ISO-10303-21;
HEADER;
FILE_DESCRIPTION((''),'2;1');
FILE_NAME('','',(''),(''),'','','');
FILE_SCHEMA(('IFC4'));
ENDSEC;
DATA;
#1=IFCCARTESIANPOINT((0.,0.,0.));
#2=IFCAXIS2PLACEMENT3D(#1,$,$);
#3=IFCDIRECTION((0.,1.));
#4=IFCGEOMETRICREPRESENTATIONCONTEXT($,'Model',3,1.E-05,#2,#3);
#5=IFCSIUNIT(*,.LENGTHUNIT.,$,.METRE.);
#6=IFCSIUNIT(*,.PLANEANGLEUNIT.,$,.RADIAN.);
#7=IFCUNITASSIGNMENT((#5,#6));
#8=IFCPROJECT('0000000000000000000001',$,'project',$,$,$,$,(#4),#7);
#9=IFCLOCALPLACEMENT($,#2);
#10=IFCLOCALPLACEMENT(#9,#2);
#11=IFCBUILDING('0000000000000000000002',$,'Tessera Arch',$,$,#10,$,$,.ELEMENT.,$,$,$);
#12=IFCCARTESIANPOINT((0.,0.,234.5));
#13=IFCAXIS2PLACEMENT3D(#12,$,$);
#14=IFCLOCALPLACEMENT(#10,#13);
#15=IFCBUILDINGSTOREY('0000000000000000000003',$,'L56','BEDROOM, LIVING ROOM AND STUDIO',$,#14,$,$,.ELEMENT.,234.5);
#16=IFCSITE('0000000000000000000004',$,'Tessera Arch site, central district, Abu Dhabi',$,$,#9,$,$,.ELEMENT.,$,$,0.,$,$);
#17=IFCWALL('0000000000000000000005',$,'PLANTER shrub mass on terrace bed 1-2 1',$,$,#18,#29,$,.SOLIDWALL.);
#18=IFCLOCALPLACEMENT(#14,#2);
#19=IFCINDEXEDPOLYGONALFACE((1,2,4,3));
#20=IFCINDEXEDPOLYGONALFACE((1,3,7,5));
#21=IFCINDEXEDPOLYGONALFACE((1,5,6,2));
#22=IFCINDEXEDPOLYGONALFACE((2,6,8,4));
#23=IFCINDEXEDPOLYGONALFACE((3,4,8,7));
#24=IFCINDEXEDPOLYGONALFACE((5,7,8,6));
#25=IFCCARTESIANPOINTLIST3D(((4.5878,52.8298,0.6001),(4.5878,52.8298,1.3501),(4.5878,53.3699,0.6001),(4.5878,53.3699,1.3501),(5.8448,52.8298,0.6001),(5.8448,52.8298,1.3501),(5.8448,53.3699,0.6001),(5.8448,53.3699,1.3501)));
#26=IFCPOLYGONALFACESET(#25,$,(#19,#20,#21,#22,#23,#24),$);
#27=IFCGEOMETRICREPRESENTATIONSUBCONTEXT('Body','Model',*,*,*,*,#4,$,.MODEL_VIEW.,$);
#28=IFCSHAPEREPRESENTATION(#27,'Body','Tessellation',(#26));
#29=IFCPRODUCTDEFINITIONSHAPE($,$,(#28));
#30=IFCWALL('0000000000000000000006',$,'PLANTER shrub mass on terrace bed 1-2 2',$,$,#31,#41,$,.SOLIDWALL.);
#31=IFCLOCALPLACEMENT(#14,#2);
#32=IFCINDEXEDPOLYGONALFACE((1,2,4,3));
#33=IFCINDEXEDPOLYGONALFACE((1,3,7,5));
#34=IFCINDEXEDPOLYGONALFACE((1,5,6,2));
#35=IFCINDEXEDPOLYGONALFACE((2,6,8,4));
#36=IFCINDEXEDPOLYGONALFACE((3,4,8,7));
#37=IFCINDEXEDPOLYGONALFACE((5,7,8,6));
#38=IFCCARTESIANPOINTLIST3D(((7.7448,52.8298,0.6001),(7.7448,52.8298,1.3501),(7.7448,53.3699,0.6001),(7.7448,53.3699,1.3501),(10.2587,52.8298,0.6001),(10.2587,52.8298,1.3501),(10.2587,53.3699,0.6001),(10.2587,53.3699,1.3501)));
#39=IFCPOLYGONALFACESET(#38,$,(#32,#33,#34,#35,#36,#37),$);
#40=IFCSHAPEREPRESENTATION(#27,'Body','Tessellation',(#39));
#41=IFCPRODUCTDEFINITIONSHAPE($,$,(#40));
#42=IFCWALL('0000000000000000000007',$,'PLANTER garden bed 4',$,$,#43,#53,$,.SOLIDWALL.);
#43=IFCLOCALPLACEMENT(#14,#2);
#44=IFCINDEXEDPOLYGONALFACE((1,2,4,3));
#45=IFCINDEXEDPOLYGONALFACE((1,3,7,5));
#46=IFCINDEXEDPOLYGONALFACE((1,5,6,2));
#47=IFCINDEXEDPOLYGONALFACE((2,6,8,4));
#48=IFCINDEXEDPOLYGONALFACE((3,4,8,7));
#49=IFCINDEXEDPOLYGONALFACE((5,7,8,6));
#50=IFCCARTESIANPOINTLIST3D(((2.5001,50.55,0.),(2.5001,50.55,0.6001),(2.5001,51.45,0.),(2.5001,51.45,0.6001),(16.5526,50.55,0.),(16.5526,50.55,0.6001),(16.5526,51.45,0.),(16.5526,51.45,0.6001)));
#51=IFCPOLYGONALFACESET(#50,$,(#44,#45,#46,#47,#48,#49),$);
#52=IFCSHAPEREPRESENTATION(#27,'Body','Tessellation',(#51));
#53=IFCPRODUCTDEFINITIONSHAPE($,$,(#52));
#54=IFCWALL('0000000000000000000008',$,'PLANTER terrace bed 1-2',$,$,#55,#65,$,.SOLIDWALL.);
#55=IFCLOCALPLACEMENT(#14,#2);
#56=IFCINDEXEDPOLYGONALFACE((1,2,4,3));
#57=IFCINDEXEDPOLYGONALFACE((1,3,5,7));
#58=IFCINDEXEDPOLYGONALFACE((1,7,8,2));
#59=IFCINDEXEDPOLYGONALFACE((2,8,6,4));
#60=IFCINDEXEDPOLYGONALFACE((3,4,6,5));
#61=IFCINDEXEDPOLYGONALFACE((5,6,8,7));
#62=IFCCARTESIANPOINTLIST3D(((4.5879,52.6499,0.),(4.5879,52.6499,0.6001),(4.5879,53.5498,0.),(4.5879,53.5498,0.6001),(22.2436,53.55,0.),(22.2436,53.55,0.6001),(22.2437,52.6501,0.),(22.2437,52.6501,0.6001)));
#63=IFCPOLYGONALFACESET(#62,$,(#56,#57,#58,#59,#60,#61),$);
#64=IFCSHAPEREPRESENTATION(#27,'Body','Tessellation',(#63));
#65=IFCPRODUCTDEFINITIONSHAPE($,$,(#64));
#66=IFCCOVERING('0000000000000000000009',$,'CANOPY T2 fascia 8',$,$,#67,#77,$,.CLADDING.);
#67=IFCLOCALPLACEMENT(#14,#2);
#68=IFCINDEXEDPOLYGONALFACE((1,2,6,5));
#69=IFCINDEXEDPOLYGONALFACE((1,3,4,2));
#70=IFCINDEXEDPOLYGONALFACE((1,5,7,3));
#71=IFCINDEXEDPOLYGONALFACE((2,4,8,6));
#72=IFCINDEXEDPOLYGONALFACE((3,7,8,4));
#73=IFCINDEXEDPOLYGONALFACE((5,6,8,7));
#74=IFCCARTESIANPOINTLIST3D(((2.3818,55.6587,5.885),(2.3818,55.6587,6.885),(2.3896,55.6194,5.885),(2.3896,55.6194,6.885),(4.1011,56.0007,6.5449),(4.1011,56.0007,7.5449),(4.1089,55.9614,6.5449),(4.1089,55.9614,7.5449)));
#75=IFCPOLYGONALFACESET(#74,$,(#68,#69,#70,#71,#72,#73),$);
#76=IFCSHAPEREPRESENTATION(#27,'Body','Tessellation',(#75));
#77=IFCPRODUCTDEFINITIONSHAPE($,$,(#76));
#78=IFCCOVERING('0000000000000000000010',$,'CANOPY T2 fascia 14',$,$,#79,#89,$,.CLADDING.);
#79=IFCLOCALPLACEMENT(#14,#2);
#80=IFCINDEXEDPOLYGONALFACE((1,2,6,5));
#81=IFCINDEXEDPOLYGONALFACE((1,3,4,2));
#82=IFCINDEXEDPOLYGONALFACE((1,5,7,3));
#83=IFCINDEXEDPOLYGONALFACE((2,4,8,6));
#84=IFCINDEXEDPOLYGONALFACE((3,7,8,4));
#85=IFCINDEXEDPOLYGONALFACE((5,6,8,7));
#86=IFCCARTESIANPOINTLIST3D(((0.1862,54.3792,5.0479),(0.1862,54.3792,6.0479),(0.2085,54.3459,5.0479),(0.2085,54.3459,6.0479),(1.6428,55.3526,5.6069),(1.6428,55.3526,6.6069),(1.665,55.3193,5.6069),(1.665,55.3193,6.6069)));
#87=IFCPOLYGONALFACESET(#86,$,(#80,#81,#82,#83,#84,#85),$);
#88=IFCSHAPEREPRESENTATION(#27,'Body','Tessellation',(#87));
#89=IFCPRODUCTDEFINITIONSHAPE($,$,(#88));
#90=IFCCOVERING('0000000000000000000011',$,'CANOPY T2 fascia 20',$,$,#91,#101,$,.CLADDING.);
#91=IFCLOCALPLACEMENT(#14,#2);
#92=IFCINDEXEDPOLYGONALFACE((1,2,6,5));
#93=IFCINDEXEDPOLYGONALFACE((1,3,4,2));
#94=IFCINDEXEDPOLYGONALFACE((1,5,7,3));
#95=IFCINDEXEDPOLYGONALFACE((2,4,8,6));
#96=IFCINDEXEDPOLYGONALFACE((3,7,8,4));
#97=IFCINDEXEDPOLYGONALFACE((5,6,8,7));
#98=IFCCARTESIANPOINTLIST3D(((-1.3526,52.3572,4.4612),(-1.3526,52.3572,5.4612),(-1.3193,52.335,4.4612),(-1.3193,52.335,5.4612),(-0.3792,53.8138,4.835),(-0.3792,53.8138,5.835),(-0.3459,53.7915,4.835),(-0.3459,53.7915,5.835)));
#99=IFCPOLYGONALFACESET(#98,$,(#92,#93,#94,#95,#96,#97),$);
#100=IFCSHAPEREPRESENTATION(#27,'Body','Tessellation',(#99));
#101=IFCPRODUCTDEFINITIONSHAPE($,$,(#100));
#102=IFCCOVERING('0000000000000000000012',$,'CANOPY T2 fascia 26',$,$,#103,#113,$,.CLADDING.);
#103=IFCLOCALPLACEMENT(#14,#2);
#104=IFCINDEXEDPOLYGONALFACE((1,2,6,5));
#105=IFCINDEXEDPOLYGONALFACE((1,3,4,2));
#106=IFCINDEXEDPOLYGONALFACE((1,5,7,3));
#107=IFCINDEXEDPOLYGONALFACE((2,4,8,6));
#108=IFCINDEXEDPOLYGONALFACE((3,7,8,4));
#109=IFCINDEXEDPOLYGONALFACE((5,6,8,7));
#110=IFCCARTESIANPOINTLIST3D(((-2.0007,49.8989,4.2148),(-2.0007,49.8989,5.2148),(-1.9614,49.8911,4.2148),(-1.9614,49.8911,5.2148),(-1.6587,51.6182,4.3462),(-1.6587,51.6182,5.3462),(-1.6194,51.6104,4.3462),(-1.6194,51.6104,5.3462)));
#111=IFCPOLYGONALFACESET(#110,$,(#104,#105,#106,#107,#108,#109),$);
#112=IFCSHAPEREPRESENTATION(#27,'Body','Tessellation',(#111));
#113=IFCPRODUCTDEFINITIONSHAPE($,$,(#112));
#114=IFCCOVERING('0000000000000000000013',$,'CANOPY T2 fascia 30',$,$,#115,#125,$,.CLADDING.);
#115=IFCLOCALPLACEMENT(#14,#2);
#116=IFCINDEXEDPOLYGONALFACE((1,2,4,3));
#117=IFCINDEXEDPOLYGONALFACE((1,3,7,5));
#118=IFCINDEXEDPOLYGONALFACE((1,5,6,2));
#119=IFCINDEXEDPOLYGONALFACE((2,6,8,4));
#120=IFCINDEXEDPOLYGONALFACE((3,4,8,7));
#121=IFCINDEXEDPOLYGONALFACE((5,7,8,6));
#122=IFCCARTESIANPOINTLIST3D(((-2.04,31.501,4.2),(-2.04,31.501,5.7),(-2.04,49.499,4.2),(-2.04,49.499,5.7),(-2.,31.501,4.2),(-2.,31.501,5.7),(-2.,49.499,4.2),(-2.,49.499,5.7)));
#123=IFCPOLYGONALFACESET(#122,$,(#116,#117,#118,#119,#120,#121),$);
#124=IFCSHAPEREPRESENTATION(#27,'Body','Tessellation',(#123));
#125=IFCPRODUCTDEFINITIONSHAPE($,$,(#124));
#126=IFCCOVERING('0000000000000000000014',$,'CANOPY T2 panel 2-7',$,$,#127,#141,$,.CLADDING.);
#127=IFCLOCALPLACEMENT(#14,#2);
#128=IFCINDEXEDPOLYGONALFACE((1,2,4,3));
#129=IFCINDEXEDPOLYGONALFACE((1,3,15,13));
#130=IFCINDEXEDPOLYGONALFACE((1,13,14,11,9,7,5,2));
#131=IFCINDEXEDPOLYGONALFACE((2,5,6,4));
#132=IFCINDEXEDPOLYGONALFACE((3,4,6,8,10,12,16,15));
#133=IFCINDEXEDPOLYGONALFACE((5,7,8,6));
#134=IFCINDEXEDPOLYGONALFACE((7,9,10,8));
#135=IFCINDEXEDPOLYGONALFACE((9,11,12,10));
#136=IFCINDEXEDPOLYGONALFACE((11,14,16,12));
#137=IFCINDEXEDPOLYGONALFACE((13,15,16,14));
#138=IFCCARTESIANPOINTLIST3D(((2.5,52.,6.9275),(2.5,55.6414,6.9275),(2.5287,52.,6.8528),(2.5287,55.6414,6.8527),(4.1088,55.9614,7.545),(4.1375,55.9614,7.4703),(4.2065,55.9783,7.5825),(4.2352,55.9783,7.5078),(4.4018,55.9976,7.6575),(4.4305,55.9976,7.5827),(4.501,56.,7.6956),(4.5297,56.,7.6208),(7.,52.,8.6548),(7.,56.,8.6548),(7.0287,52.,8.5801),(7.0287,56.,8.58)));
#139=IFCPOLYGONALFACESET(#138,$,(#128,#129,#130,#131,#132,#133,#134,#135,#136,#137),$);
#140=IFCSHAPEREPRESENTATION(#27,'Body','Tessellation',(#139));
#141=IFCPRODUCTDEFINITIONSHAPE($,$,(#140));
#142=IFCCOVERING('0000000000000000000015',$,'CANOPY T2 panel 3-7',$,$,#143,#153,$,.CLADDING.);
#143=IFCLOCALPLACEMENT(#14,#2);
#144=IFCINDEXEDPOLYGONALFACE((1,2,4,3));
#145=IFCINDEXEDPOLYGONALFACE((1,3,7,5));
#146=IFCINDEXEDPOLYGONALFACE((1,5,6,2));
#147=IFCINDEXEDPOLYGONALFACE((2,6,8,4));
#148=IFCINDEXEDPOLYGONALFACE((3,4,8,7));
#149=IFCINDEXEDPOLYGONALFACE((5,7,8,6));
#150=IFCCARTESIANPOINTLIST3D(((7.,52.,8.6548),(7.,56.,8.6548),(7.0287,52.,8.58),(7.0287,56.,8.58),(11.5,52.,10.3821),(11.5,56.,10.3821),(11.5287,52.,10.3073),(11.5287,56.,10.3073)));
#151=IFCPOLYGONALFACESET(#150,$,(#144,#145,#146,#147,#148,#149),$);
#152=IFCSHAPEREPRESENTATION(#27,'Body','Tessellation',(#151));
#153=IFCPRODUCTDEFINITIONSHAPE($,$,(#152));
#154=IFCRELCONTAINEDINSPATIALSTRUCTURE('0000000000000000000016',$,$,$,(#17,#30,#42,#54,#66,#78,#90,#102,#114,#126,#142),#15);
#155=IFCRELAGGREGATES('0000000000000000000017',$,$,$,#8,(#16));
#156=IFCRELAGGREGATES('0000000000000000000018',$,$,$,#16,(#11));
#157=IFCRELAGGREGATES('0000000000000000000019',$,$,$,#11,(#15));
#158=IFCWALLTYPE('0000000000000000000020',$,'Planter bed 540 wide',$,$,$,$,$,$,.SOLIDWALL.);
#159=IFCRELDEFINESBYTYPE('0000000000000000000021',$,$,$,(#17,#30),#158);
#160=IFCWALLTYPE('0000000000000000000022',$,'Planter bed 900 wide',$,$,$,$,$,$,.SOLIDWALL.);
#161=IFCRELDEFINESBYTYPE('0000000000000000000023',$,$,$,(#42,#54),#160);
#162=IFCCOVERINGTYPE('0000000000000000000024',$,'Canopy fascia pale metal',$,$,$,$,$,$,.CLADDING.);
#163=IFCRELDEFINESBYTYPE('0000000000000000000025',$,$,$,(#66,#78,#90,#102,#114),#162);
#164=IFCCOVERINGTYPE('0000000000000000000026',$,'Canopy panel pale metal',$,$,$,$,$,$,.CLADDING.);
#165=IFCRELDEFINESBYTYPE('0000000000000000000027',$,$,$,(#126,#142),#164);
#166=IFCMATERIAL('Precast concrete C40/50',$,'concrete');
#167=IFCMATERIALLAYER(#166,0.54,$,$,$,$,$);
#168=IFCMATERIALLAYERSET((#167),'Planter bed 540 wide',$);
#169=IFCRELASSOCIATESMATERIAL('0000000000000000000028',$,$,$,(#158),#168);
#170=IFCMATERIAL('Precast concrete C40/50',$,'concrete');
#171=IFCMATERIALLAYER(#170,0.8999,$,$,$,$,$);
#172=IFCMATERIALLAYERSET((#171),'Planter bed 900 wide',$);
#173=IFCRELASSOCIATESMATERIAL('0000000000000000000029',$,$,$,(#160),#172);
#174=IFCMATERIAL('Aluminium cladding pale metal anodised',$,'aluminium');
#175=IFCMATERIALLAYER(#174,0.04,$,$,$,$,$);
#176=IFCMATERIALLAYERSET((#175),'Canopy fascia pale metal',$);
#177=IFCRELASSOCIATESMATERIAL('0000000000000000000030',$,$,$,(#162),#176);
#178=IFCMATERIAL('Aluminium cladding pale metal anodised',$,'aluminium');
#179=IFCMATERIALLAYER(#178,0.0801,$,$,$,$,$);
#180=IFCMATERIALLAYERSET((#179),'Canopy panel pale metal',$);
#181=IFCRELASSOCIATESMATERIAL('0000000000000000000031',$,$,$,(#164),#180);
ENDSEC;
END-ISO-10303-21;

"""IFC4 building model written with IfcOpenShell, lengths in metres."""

from ifc_helpers import new_model, si_unit, direction, frame, frame_2d, origin, place, context, subcontext, project, spatial, polyline, rectangle, outline, extrude, material, layer, layer_set, type_object, element, save


model = new_model("IFC4")

# Units and contexts
model_context = context("Model", 3, precision=1e-05, world=origin(), true_north=direction((0.0, 1.0)))
body_context = subcontext(model_context, "Body", "Model", "MODEL_VIEW")
ifc_project = project(units=[si_unit("LENGTHUNIT", "METRE"), si_unit("PLANEANGLEUNIT", "RADIAN")], contexts=[model_context])

# Site, building, storey
site_placement = place(None, origin())
site = spatial("IfcSite", under=ifc_project, at=site_placement, Name="Tessera Arch site, central district, Abu Dhabi", CompositionType="ELEMENT", RefElevation=0.0)
building_placement = place(site_placement, origin())
building = spatial("IfcBuilding", under=site, at=building_placement, Name="Tessera Arch", CompositionType="ELEMENT")
storey_placement = place(building_placement, frame((0.0, 0.0, 234.5)))
storey = spatial("IfcBuildingStorey", under=building, at=storey_placement, Name="L56", Description="BEDROOM, LIVING ROOM AND STUDIO", CompositionType="ELEMENT", Elevation=234.5)

# Walls
ifc_material_1 = material(Name="Precast concrete C40/50", Category="concrete")
ifc_layer_1 = layer(ifc_material_1, 0.54)
ifc_layer_set_1 = layer_set([ifc_layer_1], Name="Planter bed 540 wide")
wall_type_1 = type_object("IfcWallType", Name="Planter bed 540 wide", PredefinedType="SOLIDWALL", material=ifc_layer_set_1)
wall_1_placement = place(storey_placement, frame((4.5879, 53.0999, 0.6001), z_axis=(0.0, 0.0, 1.0), x_axis=(1.0, 0.0, 0.0)))
element("IfcWall", 1, at=wall_1_placement, inside=storey, type_object=wall_type_1, Name="PLANTER shrub mass on terrace bed 1-2 1", PredefinedType="SOLIDWALL", context=body_context, shape_type="SweptSolid", body=[
    extrude(rectangle(XDim=1.2571, YDim=0.54, at=frame_2d((0.6284, 0.0))), origin(), (0.0, 0.0, 1.0), 0.75),
])
wall_2_placement = place(storey_placement, frame((7.7449, 53.0999, 0.6001), z_axis=(0.0, 0.0, 1.0), x_axis=(1.0, 0.0, 0.0)))
element("IfcWall", 2, at=wall_2_placement, inside=storey, type_object=wall_type_1, Name="PLANTER shrub mass on terrace bed 1-2 2", PredefinedType="SOLIDWALL", context=body_context, shape_type="SweptSolid", body=[
    extrude(rectangle(XDim=2.5139, YDim=0.54, at=frame_2d((1.2568, 0.0))), origin(), (0.0, 0.0, 1.0), 0.75),
])
ifc_material_2 = material(Name="Precast concrete C40/50", Category="concrete")
ifc_layer_2 = layer(ifc_material_2, 0.8999)
ifc_layer_set_2 = layer_set([ifc_layer_2], Name="Planter bed 900 wide")
wall_type_2 = type_object("IfcWallType", Name="Planter bed 900 wide", PredefinedType="SOLIDWALL", material=ifc_layer_set_2)
wall_3_placement = place(storey_placement, frame((2.5, 51.0, 0.0), z_axis=(0.0, 0.0, 1.0), x_axis=(1.0, 0.0, 0.0)))
element("IfcWall", 3, at=wall_3_placement, inside=storey, type_object=wall_type_2, Name="PLANTER garden bed 4", PredefinedType="SOLIDWALL", context=body_context, shape_type="SweptSolid", body=[
    extrude(rectangle(XDim=14.0525, YDim=0.8999, at=frame_2d((7.0264, 0.0))), origin(), (0.0, 0.0, 1.0), 0.6001),
])
wall_4_placement = place(storey_placement, frame((4.5879, 53.0999, 0.0), z_axis=(0.0, 0.0, 1.0), x_axis=(1.0, 0.000014, 0.0)))
element("IfcWall", 4, at=wall_4_placement, inside=storey, type_object=wall_type_2, Name="PLANTER terrace bed 1-2", PredefinedType="SOLIDWALL", context=body_context, shape_type="SweptSolid", body=[
    extrude(rectangle(XDim=17.6558, YDim=0.8999, at=frame_2d((8.8279, 0.0))), origin(), (0.0, 0.0, 1.0), 0.6001),
])

# Coverings
ifc_material_3 = material(Name="Aluminium cladding pale metal anodised", Category="aluminium")
ifc_layer_3 = layer(ifc_material_3, 0.04)
ifc_layer_set_3 = layer_set([ifc_layer_3], Name="Canopy fascia pale metal")
covering_type_1 = type_object("IfcCoveringType", Name="Canopy fascia pale metal", PredefinedType="CLADDING", material=ifc_layer_set_3)
covering_1_placement = place(storey_placement, frame((4.1089, 55.9614, 7.5449), z_axis=(0.195125, -0.980778, 0.0), x_axis=(-0.91789, -0.182613, -0.352323)))
element("IfcCovering", 5, at=covering_1_placement, inside=storey, type_object=covering_type_1, Name="CANOPY T2 fascia 8", PredefinedType="CLADDING", context=body_context, shape_type="SweptSolid", body=[
    extrude(outline(polyline([(0.0, 0.0), (1.873, 0.0), (2.2254, 0.9359), (0.3523, 0.9359), (0.0, 0.0)])), origin(), (0.0, 0.0, -1.0), 0.04),
])
covering_2_placement = place(storey_placement, frame((1.665, 55.3193, 6.6069), z_axis=(0.555632, -0.831428, 0.0), x_axis=(-0.79207, -0.52933, -0.30403)))
element("IfcCovering", 6, at=covering_2_placement, inside=storey, type_object=covering_type_1, Name="CANOPY T2 fascia 14", PredefinedType="CLADDING", context=body_context, shape_type="SweptSolid", body=[
    extrude(outline(polyline([(0.0, 0.0), (1.8389, 0.0), (2.1429, 0.9527), (0.304, 0.9527), (0.0, 0.0)])), origin(), (0.0, 0.0, -1.0), 0.04),
])
covering_3_placement = place(storey_placement, frame((-0.3459, 53.7915, 5.835), z_axis=(0.831428, -0.555632, 0.0), x_axis=(-0.543401, -0.813126, -0.208665)))
element("IfcCovering", 7, at=covering_3_placement, inside=storey, type_object=covering_type_1, Name="CANOPY T2 fascia 20", PredefinedType="CLADDING", context=body_context, shape_type="SweptSolid", body=[
    extrude(outline(polyline([(0.0, 0.0), (1.7913, 0.0), (2.0, 0.978), (0.2087, 0.978), (0.0, 0.0)])), origin(), (0.0, 0.0, -1.0), 0.04),
])
covering_4_placement = place(storey_placement, frame((-1.6194, 51.6104, 5.3462), z_axis=(0.980778, -0.195125, 0.0), x_axis=(-0.19458, -0.978037, -0.074721)))
element("IfcCovering", 8, at=covering_4_placement, inside=storey, type_object=covering_type_1, Name="CANOPY T2 fascia 26", PredefinedType="CLADDING", context=body_context, shape_type="SweptSolid", body=[
    extrude(outline(polyline([(0.0, 0.0), (1.7578, 0.0), (1.8326, 0.9972), (0.0747, 0.9972), (0.0, 0.0)])), origin(), (0.0, 0.0, -1.0), 0.04),
])
covering_5_placement = place(storey_placement, frame((-2.0, 49.499, 5.7), z_axis=(1.0, 0.0, 0.0), x_axis=(0.0, -1.0, 0.0)))
element("IfcCovering", 9, at=covering_5_placement, inside=storey, type_object=covering_type_1, Name="CANOPY T2 fascia 30", PredefinedType="CLADDING", context=body_context, shape_type="SweptSolid", body=[
    extrude(outline(polyline([(0.0, 0.0), (17.998, 0.0), (17.998, 1.5), (0.0, 1.5), (0.0, 0.0)])), origin(), (0.0, 0.0, -1.0), 0.04),
])
ifc_material_4 = material(Name="Aluminium cladding pale metal anodised", Category="aluminium")
ifc_layer_4 = layer(ifc_material_4, 0.0801)
ifc_layer_set_4 = layer_set([ifc_layer_4], Name="Canopy panel pale metal")
covering_type_2 = type_object("IfcCoveringType", Name="Canopy panel pale metal", PredefinedType="CLADDING", material=ifc_layer_set_4)
covering_6_placement = place(storey_placement, frame((2.5, 55.6414, 6.9275), z_axis=(-0.358352, 0.000006, 0.933587), x_axis=(-0.000002, -1.0, 0.000005)))
element("IfcCovering", 10, at=covering_6_placement, inside=storey, type_object=covering_type_2, Name="CANOPY T2 panel 2-7", PredefinedType="CLADDING", context=body_context, shape_type="SweptSolid", body=[
    extrude(outline(polyline([(0.0, 0.0), (3.6414, 0.0), (3.6414, 4.8201), (-0.3586, 4.8201), (-0.3586, 2.1433), (-0.3562, 2.0371), (-0.3369, 1.8279), (-0.3201, 1.7233), (0.0, 0.0)])), origin(), (0.0, 0.0, -1.0), 0.0801),
])
covering_7_placement = place(storey_placement, frame((7.0, 56.0, 8.6548), z_axis=(-0.358351, 0.0, 0.933587), x_axis=(0.0, -1.0, 0.0)))
element("IfcCovering", 11, at=covering_7_placement, inside=storey, type_object=covering_type_2, Name="CANOPY T2 panel 3-7", PredefinedType="CLADDING", context=body_context, shape_type="SweptSolid", body=[
    extrude(outline(polyline([(0.0, 0.0), (4.0, 0.0), (4.0, 4.8201), (0.0, 4.8201), (0.0, 0.0)])), origin(), (0.0, 0.0, -1.0), 0.0801),
])

save(model, "model.ifc")
